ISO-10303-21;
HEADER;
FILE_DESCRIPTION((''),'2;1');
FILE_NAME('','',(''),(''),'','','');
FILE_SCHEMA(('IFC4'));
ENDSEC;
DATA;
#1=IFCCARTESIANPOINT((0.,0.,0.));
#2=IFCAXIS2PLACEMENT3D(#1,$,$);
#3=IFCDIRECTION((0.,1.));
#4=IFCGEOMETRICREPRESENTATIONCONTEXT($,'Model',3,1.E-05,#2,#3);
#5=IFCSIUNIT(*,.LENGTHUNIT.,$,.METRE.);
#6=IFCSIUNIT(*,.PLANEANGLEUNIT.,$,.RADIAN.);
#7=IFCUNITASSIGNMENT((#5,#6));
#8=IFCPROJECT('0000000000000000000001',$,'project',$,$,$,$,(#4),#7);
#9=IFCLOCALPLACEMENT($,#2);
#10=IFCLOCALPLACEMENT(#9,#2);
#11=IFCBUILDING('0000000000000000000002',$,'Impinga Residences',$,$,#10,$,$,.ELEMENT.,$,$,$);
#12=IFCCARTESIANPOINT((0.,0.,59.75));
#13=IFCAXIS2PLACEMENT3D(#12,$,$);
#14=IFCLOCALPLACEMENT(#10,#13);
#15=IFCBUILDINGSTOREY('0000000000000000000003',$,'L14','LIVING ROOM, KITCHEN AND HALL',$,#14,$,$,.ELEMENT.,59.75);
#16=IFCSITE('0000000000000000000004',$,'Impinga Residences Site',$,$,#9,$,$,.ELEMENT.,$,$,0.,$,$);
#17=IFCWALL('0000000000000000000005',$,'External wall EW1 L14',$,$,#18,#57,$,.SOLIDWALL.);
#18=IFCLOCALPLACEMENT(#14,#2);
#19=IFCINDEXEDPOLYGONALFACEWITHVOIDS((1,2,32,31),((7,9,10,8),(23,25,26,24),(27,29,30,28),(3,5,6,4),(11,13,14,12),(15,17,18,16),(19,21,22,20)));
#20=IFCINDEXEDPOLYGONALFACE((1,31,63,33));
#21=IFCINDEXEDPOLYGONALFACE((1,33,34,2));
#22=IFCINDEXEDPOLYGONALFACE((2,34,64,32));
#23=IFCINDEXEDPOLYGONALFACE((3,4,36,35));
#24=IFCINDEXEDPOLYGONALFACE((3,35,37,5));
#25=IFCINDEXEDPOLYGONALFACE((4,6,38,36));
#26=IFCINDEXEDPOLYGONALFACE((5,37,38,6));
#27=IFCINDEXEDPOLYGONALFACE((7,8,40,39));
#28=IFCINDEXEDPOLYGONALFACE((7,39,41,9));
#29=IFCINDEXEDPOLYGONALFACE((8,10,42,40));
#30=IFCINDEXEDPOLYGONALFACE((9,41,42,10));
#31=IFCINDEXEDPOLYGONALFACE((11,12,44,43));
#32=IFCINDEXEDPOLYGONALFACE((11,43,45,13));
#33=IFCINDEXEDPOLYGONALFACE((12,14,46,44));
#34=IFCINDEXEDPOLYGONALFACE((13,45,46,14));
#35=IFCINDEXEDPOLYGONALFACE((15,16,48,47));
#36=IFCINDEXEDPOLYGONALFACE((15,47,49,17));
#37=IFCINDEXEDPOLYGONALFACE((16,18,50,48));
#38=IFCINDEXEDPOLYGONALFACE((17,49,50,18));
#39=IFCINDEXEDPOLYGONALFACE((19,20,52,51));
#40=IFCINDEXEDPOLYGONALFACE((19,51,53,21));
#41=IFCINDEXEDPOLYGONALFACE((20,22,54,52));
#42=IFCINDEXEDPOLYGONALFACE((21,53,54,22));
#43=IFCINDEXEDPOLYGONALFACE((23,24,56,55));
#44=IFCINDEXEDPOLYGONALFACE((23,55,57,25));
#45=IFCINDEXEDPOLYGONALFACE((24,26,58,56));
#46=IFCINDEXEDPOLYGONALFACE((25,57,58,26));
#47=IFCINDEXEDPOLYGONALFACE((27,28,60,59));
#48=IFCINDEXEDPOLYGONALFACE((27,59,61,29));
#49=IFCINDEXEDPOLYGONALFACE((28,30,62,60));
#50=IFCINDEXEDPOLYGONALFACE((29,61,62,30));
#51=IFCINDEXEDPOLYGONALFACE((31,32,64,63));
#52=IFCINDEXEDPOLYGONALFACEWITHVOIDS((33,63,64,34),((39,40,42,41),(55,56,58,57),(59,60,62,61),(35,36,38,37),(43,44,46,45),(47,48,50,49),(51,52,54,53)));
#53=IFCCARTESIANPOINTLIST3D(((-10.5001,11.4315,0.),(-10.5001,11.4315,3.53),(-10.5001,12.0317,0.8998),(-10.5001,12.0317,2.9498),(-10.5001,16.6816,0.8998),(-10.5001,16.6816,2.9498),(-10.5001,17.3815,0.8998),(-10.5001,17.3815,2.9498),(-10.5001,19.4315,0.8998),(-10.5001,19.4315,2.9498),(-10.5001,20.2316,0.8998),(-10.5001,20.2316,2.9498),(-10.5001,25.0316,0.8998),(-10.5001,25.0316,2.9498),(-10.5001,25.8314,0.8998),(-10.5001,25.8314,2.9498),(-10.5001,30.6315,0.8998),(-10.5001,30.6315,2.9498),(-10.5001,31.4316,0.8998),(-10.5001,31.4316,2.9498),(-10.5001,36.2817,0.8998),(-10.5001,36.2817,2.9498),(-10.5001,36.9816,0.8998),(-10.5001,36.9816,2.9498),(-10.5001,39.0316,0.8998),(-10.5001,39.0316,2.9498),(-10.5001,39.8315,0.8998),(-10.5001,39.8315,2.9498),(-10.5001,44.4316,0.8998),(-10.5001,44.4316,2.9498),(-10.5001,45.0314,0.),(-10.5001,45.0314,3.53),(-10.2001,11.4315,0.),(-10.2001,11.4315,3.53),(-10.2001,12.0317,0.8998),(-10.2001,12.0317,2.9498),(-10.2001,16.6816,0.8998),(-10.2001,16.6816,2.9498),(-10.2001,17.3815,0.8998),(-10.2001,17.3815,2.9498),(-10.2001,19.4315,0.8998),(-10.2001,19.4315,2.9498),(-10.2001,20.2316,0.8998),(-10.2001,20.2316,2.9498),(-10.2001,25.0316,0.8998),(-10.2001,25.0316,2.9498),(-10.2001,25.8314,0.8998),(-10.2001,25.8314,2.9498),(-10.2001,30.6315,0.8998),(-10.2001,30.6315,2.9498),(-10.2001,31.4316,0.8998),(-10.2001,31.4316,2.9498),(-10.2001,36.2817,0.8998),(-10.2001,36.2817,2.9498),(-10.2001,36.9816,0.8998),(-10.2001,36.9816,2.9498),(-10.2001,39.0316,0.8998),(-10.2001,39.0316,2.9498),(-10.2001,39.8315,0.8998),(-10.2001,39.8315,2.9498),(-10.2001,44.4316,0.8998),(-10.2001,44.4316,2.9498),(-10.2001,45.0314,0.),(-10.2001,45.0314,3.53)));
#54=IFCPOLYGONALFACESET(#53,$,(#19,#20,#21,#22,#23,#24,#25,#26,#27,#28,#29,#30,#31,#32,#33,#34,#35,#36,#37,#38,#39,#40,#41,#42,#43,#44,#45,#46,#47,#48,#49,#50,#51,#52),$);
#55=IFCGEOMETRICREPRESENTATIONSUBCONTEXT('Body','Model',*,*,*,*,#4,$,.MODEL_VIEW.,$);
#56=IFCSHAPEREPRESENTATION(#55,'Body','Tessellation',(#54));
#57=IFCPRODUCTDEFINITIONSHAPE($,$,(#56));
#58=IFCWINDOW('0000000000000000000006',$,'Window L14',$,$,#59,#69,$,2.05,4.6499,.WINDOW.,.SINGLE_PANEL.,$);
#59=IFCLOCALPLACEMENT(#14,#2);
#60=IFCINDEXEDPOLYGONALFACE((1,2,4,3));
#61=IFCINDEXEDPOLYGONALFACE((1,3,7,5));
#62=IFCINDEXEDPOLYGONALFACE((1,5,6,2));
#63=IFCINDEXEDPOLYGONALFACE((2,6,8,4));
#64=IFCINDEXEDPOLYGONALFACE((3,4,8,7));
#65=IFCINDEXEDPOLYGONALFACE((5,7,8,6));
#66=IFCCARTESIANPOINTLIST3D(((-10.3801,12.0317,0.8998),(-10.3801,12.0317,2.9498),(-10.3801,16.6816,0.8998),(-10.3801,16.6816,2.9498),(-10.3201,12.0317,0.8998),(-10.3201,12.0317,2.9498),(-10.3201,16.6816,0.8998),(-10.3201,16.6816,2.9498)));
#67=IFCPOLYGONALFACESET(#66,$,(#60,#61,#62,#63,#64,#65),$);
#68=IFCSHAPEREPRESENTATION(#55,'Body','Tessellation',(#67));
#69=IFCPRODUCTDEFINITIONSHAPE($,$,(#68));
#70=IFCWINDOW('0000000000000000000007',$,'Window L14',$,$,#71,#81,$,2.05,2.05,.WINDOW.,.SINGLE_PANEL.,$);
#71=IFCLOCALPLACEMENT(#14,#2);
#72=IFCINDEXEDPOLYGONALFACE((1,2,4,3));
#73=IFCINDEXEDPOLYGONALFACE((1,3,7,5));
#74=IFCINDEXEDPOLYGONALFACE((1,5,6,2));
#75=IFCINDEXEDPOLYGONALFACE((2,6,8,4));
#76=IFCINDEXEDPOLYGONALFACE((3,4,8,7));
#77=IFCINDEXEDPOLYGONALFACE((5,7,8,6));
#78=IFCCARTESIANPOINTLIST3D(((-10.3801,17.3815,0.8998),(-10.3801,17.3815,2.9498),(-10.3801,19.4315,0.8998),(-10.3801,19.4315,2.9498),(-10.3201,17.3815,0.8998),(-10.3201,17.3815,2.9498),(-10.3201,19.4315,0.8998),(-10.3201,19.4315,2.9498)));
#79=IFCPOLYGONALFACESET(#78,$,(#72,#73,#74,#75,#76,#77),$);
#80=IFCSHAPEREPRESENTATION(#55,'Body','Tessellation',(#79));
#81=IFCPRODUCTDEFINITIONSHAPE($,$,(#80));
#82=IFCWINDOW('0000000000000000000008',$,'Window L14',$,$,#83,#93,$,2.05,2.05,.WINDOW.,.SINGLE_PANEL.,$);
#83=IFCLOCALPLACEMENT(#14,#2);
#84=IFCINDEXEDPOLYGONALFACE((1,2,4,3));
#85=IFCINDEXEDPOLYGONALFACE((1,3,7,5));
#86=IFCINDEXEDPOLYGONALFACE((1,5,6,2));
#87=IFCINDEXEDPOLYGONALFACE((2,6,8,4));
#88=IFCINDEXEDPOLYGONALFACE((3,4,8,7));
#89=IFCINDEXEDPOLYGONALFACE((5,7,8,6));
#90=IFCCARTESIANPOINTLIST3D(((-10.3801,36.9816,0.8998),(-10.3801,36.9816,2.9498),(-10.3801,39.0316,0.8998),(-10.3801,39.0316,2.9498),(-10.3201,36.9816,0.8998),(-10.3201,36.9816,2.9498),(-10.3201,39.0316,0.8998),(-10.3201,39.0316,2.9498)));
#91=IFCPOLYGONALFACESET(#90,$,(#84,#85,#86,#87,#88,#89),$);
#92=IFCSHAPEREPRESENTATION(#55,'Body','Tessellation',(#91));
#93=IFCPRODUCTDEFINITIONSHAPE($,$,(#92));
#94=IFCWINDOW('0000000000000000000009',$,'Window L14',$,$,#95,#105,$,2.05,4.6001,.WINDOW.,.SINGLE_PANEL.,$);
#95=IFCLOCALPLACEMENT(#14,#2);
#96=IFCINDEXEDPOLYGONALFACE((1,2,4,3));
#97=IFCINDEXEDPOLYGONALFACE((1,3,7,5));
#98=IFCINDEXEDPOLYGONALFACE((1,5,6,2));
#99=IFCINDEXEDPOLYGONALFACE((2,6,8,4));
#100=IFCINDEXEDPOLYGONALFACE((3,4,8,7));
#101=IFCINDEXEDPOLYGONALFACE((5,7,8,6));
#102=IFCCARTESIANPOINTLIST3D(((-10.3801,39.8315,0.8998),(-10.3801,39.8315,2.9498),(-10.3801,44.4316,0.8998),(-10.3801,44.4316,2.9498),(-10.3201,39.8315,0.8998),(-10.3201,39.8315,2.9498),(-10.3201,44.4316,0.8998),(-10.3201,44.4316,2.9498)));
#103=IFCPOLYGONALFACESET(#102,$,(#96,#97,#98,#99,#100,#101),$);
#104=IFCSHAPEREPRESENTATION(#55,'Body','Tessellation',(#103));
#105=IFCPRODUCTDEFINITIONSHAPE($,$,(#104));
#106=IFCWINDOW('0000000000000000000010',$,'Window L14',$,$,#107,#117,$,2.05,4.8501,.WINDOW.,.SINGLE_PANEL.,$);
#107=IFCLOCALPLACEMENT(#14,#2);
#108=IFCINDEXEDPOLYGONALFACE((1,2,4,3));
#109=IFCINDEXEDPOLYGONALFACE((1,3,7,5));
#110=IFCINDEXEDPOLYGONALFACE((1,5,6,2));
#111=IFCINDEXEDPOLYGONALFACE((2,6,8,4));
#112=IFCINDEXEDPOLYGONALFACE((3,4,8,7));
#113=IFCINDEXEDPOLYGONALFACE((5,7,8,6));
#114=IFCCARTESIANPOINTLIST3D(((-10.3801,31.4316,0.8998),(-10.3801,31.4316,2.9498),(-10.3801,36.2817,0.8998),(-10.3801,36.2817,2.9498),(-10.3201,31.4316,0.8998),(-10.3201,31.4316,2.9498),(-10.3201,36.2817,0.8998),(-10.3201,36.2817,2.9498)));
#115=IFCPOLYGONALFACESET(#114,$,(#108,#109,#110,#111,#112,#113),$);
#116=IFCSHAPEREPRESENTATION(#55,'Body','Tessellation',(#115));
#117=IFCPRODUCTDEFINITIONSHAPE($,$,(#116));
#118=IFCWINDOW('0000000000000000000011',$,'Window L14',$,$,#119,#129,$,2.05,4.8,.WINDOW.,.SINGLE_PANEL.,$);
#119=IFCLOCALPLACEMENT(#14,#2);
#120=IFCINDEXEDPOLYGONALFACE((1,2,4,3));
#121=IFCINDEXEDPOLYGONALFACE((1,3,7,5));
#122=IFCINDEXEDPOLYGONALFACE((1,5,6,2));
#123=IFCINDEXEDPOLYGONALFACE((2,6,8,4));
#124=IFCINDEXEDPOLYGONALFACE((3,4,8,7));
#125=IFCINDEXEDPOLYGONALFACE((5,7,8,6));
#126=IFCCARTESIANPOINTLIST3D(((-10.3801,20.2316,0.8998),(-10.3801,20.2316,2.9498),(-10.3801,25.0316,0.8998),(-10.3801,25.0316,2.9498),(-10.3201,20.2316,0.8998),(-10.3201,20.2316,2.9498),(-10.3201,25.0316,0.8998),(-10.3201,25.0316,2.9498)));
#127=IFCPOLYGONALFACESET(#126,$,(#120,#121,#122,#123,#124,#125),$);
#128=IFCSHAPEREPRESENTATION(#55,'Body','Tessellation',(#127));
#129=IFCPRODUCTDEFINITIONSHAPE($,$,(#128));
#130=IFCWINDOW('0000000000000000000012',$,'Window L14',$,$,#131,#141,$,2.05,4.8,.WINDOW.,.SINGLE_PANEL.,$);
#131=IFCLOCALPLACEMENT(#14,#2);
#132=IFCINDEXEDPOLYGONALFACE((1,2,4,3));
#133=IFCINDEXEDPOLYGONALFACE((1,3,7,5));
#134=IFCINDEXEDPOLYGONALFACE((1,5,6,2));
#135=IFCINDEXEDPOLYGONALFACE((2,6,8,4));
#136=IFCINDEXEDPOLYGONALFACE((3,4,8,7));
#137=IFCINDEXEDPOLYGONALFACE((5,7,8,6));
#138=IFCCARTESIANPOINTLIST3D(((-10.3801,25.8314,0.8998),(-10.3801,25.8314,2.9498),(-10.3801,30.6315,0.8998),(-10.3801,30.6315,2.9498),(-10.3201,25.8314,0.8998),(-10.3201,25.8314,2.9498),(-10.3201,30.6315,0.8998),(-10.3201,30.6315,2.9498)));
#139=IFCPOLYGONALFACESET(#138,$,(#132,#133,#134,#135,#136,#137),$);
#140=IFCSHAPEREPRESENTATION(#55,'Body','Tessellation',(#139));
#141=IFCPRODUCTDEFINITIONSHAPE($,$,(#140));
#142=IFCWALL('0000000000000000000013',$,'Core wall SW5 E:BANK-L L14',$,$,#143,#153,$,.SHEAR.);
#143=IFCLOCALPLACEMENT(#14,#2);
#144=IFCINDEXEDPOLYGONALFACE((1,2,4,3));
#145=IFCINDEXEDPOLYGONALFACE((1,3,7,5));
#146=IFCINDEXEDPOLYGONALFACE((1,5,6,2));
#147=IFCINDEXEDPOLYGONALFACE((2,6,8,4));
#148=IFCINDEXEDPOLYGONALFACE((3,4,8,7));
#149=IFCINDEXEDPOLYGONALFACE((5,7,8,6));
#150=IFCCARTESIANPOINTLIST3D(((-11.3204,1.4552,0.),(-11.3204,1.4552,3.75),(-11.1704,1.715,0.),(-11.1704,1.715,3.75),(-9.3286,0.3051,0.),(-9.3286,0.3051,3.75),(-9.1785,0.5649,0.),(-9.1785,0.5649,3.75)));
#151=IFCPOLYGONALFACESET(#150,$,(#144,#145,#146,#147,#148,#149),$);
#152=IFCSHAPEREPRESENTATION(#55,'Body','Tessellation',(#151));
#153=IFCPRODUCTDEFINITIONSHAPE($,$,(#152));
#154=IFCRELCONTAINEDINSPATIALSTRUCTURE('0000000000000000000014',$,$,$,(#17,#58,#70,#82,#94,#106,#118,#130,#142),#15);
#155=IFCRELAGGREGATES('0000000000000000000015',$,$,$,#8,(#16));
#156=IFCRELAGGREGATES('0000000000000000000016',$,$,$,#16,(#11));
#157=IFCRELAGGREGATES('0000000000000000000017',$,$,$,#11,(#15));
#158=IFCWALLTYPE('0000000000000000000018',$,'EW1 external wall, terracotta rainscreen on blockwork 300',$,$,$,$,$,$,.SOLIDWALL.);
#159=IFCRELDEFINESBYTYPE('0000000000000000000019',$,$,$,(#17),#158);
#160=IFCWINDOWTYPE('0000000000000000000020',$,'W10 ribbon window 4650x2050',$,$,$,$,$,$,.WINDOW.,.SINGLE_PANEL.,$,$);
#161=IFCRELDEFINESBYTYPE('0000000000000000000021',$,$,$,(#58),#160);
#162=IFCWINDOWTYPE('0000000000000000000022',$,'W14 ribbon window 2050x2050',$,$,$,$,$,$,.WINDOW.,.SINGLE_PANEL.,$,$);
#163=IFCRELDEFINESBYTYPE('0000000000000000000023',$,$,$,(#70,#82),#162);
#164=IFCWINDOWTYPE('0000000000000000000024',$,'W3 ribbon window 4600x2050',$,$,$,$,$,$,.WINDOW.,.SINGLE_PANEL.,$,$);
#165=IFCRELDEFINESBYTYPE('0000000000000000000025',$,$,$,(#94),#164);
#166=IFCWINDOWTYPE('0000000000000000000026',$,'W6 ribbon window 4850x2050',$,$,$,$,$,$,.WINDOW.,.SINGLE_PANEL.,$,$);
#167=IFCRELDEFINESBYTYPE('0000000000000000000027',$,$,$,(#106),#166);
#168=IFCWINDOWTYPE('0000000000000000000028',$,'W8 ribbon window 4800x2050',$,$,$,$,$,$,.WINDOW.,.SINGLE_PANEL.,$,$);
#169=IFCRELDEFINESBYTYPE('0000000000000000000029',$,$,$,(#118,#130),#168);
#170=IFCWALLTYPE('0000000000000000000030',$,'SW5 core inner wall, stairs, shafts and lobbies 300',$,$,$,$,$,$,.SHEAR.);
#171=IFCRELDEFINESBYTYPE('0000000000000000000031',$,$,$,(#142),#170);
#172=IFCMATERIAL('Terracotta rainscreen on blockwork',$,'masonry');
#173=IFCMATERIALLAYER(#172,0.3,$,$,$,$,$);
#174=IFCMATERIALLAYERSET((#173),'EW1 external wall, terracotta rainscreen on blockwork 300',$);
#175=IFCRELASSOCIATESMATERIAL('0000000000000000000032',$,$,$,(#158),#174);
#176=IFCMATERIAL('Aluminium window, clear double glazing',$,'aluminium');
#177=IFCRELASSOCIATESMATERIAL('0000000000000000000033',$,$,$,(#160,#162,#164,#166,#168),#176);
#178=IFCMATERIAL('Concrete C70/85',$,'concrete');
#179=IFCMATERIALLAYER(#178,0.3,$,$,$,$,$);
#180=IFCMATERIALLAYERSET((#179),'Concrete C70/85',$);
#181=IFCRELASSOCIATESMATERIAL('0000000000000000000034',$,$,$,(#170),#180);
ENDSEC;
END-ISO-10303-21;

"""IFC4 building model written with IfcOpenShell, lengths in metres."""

from ifc_helpers import new_model, si_unit, direction, frame, frame_2d, origin, place, context, subcontext, project, spatial, rectangle, extrude, material, layer, layer_set, type_object, element, fill, save


model = new_model("IFC4")

# Units and contexts
model_context = context("Model", 3, precision=1e-05, world=origin(), true_north=direction((0.0, 1.0)))
body_context = subcontext(model_context, "Body", "Model", "MODEL_VIEW")
ifc_project = project(units=[si_unit("LENGTHUNIT", "METRE"), si_unit("PLANEANGLEUNIT", "RADIAN")], contexts=[model_context])

# Site, building, storey
site_placement = place(None, origin())
site = spatial("IfcSite", under=ifc_project, at=site_placement, Name="Impinga Residences Site", CompositionType="ELEMENT", RefElevation=0.0)
building_placement = place(site_placement, origin())
building = spatial("IfcBuilding", under=site, at=building_placement, Name="Impinga Residences", CompositionType="ELEMENT")
storey_placement = place(building_placement, frame((0.0, 0.0, 59.75)))
storey = spatial("IfcBuildingStorey", under=building, at=storey_placement, Name="L14", Description="LIVING ROOM, KITCHEN AND HALL", CompositionType="ELEMENT", Elevation=59.75)

# Shared definitions
ifc_material_1 = material(Name="Concrete C70/85", Category="concrete")

# Wall, openings, windows
ifc_material_2 = material(Name="Terracotta rainscreen on blockwork", Category="masonry")
ifc_layer_1 = layer(ifc_material_2, 0.3)
ifc_layer_set_1 = layer_set([ifc_layer_1], Name="EW1 external wall, terracotta rainscreen on blockwork 300")
wall_type_1 = type_object("IfcWallType", Name="EW1 external wall, terracotta rainscreen on blockwork 300", PredefinedType="SOLIDWALL", material=ifc_layer_set_1)
wall_1_placement = place(storey_placement, frame((-10.3501, 11.4316, 0.0), z_axis=(0.0, 0.0, 1.0), x_axis=(0.0, 1.0, 0.0)))
wall_1 = element("IfcWall", 1, at=wall_1_placement, inside=storey, type_object=wall_type_1, Name="External wall EW1 L14", PredefinedType="SOLIDWALL", context=body_context, shape_type="SweptSolid", body=[
    extrude(rectangle(XDim=33.5999, YDim=0.3, at=frame_2d((16.7998, 0.0))), origin(), (0.0, 0.0, 1.0), 3.53),
])
opening_1_placement = place(wall_1_placement, frame((0.6001, 0.0, 0.8999)))
opening_1 = element("IfcOpeningElement", 2, at=opening_1_placement, cuts=wall_1, PredefinedType="OPENING", context=body_context, shape_type="SweptSolid", body=[
    extrude(rectangle(XDim=4.6499, YDim=2.05, at=frame_2d((2.325, 1.0249))), frame((0.0, 0.1599, 0.0), z_axis=(0.0, -1.0, 0.0), x_axis=(1.0, 0.0, 0.0)), (0.0, 0.0, 1.0), 0.3201),
])
opening_2_placement = place(wall_1_placement, frame((5.95, 0.0, 0.8999)))
opening_2 = element("IfcOpeningElement", 3, at=opening_2_placement, cuts=wall_1, PredefinedType="OPENING", context=body_context, shape_type="SweptSolid", body=[
    extrude(rectangle(XDim=2.05, YDim=2.05, at=frame_2d((1.0249, 1.0249))), frame((0.0, 0.1599, 0.0), z_axis=(0.0, -1.0, 0.0), x_axis=(1.0, 0.0, 0.0)), (0.0, 0.0, 1.0), 0.3201),
])
opening_3_placement = place(wall_1_placement, frame((8.8, 0.0, 0.8999)))
opening_3 = element("IfcOpeningElement", 4, at=opening_3_placement, cuts=wall_1, PredefinedType="OPENING", context=body_context, shape_type="SweptSolid", body=[
    extrude(rectangle(XDim=4.8, YDim=2.05, at=frame_2d((2.3999, 1.0249))), frame((0.0, 0.1599, 0.0), z_axis=(0.0, -1.0, 0.0), x_axis=(1.0, 0.0, 0.0)), (0.0, 0.0, 1.0), 0.3201),
])
opening_4_placement = place(wall_1_placement, frame((14.3999, 0.0, 0.8999)))
opening_4 = element("IfcOpeningElement", 5, at=opening_4_placement, cuts=wall_1, PredefinedType="OPENING", context=body_context, shape_type="SweptSolid", body=[
    extrude(rectangle(XDim=4.8, YDim=2.05, at=frame_2d((2.3999, 1.0249))), frame((0.0, 0.1599, 0.0), z_axis=(0.0, -1.0, 0.0), x_axis=(1.0, 0.0, 0.0)), (0.0, 0.0, 1.0), 0.3201),
])
opening_5_placement = place(wall_1_placement, frame((20.0, 0.0, 0.8999)))
opening_5 = element("IfcOpeningElement", 6, at=opening_5_placement, cuts=wall_1, PredefinedType="OPENING", context=body_context, shape_type="SweptSolid", body=[
    extrude(rectangle(XDim=4.8501, YDim=2.05, at=frame_2d((2.425, 1.0249))), frame((0.0, 0.1599, 0.0), z_axis=(0.0, -1.0, 0.0), x_axis=(1.0, 0.0, 0.0)), (0.0, 0.0, 1.0), 0.3201),
])
opening_6_placement = place(wall_1_placement, frame((25.55, 0.0, 0.8999)))
opening_6 = element("IfcOpeningElement", 7, at=opening_6_placement, cuts=wall_1, PredefinedType="OPENING", context=body_context, shape_type="SweptSolid", body=[
    extrude(rectangle(XDim=2.05, YDim=2.05, at=frame_2d((1.0249, 1.0249))), frame((0.0, 0.1599, 0.0), z_axis=(0.0, -1.0, 0.0), x_axis=(1.0, 0.0, 0.0)), (0.0, 0.0, 1.0), 0.3201),
])
opening_7_placement = place(wall_1_placement, frame((28.3999, 0.0, 0.8999)))
opening_7 = element("IfcOpeningElement", 8, at=opening_7_placement, cuts=wall_1, PredefinedType="OPENING", context=body_context, shape_type="SweptSolid", body=[
    extrude(rectangle(XDim=4.6001, YDim=2.05, at=frame_2d((2.3, 1.0249))), frame((0.0, 0.1599, 0.0), z_axis=(0.0, -1.0, 0.0), x_axis=(1.0, 0.0, 0.0)), (0.0, 0.0, 1.0), 0.3201),
])
ifc_material_3 = material(Name="Aluminium window, clear double glazing", Category="aluminium")
window_type_1 = type_object("IfcWindowType", Name="W10 ribbon window 4650x2050", PartitioningType="SINGLE_PANEL", PredefinedType="WINDOW", material=ifc_material_3)
window_1_placement = place(opening_1_placement, origin())
window_1 = element("IfcWindow", 9, at=window_1_placement, inside=storey, type_object=window_type_1, Name="Window L14", OverallHeight=2.05, OverallWidth=4.6499, PartitioningType="SINGLE_PANEL", PredefinedType="WINDOW", context=body_context, shape_type="SweptSolid", body=[
    extrude(rectangle(XDim=4.6499, YDim=2.05, at=frame_2d((2.325, 1.0249))), frame((0.0, 0.03, 0.0), z_axis=(0.0, -1.0, 0.0), x_axis=(1.0, 0.0, 0.0)), (0.0, 0.0, 1.0), 0.0601),
])
fill(opening_1, window_1)
window_type_2 = type_object("IfcWindowType", Name="W14 ribbon window 2050x2050", PartitioningType="SINGLE_PANEL", PredefinedType="WINDOW", material=ifc_material_3)
window_2_placement = place(opening_2_placement, origin())
window_2 = element("IfcWindow", 10, at=window_2_placement, inside=storey, type_object=window_type_2, Name="Window L14", OverallHeight=2.05, OverallWidth=2.05, PartitioningType="SINGLE_PANEL", PredefinedType="WINDOW", context=body_context, shape_type="SweptSolid", body=[
    extrude(rectangle(XDim=2.05, YDim=2.05, at=frame_2d((1.0249, 1.0249))), frame((0.0, 0.03, 0.0), z_axis=(0.0, -1.0, 0.0), x_axis=(1.0, 0.0, 0.0)), (0.0, 0.0, 1.0), 0.0601),
])
fill(opening_2, window_2)
window_3_placement = place(opening_6_placement, origin())
window_3 = element("IfcWindow", 11, at=window_3_placement, inside=storey, type_object=window_type_2, Name="Window L14", OverallHeight=2.05, OverallWidth=2.05, PartitioningType="SINGLE_PANEL", PredefinedType="WINDOW", context=body_context, shape_type="SweptSolid", body=[
    extrude(rectangle(XDim=2.05, YDim=2.05, at=frame_2d((1.0249, 1.0249))), frame((0.0, 0.03, 0.0), z_axis=(0.0, -1.0, 0.0), x_axis=(1.0, 0.0, 0.0)), (0.0, 0.0, 1.0), 0.0601),
])
fill(opening_6, window_3)
window_type_3 = type_object("IfcWindowType", Name="W3 ribbon window 4600x2050", PartitioningType="SINGLE_PANEL", PredefinedType="WINDOW", material=ifc_material_3)
window_4_placement = place(opening_7_placement, origin())
window_4 = element("IfcWindow", 12, at=window_4_placement, inside=storey, type_object=window_type_3, Name="Window L14", OverallHeight=2.05, OverallWidth=4.6001, PartitioningType="SINGLE_PANEL", PredefinedType="WINDOW", context=body_context, shape_type="SweptSolid", body=[
    extrude(rectangle(XDim=4.6001, YDim=2.05, at=frame_2d((2.3, 1.0249))), frame((0.0, 0.03, 0.0), z_axis=(0.0, -1.0, 0.0), x_axis=(1.0, 0.0, 0.0)), (0.0, 0.0, 1.0), 0.0601),
])
fill(opening_7, window_4)
window_type_4 = type_object("IfcWindowType", Name="W6 ribbon window 4850x2050", PartitioningType="SINGLE_PANEL", PredefinedType="WINDOW", material=ifc_material_3)
window_5_placement = place(opening_5_placement, origin())
window_5 = element("IfcWindow", 13, at=window_5_placement, inside=storey, type_object=window_type_4, Name="Window L14", OverallHeight=2.05, OverallWidth=4.8501, PartitioningType="SINGLE_PANEL", PredefinedType="WINDOW", context=body_context, shape_type="SweptSolid", body=[
    extrude(rectangle(XDim=4.8501, YDim=2.05, at=frame_2d((2.425, 1.0249))), frame((0.0, 0.03, 0.0), z_axis=(0.0, -1.0, 0.0), x_axis=(1.0, 0.0, 0.0)), (0.0, 0.0, 1.0), 0.0601),
])
fill(opening_5, window_5)
window_type_5 = type_object("IfcWindowType", Name="W8 ribbon window 4800x2050", PartitioningType="SINGLE_PANEL", PredefinedType="WINDOW", material=ifc_material_3)
window_6_placement = place(opening_3_placement, origin())
window_6 = element("IfcWindow", 14, at=window_6_placement, inside=storey, type_object=window_type_5, Name="Window L14", OverallHeight=2.05, OverallWidth=4.8, PartitioningType="SINGLE_PANEL", PredefinedType="WINDOW", context=body_context, shape_type="SweptSolid", body=[
    extrude(rectangle(XDim=4.8, YDim=2.05, at=frame_2d((2.3999, 1.0249))), frame((0.0, 0.03, 0.0), z_axis=(0.0, -1.0, 0.0), x_axis=(1.0, 0.0, 0.0)), (0.0, 0.0, 1.0), 0.0601),
])
fill(opening_3, window_6)
window_7_placement = place(opening_4_placement, origin())
window_7 = element("IfcWindow", 15, at=window_7_placement, inside=storey, type_object=window_type_5, Name="Window L14", OverallHeight=2.05, OverallWidth=4.8, PartitioningType="SINGLE_PANEL", PredefinedType="WINDOW", context=body_context, shape_type="SweptSolid", body=[
    extrude(rectangle(XDim=4.8, YDim=2.05, at=frame_2d((2.3999, 1.0249))), frame((0.0, 0.03, 0.0), z_axis=(0.0, -1.0, 0.0), x_axis=(1.0, 0.0, 0.0)), (0.0, 0.0, 1.0), 0.0601),
])
fill(opening_4, window_7)

# Wall
ifc_layer_2 = layer(ifc_material_1, 0.3)
ifc_layer_set_2 = layer_set([ifc_layer_2], Name="Concrete C70/85")
wall_type_2 = type_object("IfcWallType", Name="SW5 core inner wall, stairs, shafts and lobbies 300", PredefinedType="SHEAR", material=ifc_layer_set_2)
wall_2_placement = place(storey_placement, frame((-9.2537, 0.4351, 0.0), z_axis=(0.0, 0.0, 1.0), x_axis=(-0.866007, 0.500032, 0.0)))
element("IfcWall", 16, at=wall_2_placement, inside=storey, type_object=wall_type_2, Name="Core wall SW5 E:BANK-L L14", PredefinedType="SHEAR", context=body_context, shape_type="SweptSolid", body=[
    extrude(rectangle(XDim=2.3, YDim=0.3, at=frame_2d((1.1499, 0.0))), origin(), (0.0, 0.0, 1.0), 3.75),
])

save(model, "model.ifc")
